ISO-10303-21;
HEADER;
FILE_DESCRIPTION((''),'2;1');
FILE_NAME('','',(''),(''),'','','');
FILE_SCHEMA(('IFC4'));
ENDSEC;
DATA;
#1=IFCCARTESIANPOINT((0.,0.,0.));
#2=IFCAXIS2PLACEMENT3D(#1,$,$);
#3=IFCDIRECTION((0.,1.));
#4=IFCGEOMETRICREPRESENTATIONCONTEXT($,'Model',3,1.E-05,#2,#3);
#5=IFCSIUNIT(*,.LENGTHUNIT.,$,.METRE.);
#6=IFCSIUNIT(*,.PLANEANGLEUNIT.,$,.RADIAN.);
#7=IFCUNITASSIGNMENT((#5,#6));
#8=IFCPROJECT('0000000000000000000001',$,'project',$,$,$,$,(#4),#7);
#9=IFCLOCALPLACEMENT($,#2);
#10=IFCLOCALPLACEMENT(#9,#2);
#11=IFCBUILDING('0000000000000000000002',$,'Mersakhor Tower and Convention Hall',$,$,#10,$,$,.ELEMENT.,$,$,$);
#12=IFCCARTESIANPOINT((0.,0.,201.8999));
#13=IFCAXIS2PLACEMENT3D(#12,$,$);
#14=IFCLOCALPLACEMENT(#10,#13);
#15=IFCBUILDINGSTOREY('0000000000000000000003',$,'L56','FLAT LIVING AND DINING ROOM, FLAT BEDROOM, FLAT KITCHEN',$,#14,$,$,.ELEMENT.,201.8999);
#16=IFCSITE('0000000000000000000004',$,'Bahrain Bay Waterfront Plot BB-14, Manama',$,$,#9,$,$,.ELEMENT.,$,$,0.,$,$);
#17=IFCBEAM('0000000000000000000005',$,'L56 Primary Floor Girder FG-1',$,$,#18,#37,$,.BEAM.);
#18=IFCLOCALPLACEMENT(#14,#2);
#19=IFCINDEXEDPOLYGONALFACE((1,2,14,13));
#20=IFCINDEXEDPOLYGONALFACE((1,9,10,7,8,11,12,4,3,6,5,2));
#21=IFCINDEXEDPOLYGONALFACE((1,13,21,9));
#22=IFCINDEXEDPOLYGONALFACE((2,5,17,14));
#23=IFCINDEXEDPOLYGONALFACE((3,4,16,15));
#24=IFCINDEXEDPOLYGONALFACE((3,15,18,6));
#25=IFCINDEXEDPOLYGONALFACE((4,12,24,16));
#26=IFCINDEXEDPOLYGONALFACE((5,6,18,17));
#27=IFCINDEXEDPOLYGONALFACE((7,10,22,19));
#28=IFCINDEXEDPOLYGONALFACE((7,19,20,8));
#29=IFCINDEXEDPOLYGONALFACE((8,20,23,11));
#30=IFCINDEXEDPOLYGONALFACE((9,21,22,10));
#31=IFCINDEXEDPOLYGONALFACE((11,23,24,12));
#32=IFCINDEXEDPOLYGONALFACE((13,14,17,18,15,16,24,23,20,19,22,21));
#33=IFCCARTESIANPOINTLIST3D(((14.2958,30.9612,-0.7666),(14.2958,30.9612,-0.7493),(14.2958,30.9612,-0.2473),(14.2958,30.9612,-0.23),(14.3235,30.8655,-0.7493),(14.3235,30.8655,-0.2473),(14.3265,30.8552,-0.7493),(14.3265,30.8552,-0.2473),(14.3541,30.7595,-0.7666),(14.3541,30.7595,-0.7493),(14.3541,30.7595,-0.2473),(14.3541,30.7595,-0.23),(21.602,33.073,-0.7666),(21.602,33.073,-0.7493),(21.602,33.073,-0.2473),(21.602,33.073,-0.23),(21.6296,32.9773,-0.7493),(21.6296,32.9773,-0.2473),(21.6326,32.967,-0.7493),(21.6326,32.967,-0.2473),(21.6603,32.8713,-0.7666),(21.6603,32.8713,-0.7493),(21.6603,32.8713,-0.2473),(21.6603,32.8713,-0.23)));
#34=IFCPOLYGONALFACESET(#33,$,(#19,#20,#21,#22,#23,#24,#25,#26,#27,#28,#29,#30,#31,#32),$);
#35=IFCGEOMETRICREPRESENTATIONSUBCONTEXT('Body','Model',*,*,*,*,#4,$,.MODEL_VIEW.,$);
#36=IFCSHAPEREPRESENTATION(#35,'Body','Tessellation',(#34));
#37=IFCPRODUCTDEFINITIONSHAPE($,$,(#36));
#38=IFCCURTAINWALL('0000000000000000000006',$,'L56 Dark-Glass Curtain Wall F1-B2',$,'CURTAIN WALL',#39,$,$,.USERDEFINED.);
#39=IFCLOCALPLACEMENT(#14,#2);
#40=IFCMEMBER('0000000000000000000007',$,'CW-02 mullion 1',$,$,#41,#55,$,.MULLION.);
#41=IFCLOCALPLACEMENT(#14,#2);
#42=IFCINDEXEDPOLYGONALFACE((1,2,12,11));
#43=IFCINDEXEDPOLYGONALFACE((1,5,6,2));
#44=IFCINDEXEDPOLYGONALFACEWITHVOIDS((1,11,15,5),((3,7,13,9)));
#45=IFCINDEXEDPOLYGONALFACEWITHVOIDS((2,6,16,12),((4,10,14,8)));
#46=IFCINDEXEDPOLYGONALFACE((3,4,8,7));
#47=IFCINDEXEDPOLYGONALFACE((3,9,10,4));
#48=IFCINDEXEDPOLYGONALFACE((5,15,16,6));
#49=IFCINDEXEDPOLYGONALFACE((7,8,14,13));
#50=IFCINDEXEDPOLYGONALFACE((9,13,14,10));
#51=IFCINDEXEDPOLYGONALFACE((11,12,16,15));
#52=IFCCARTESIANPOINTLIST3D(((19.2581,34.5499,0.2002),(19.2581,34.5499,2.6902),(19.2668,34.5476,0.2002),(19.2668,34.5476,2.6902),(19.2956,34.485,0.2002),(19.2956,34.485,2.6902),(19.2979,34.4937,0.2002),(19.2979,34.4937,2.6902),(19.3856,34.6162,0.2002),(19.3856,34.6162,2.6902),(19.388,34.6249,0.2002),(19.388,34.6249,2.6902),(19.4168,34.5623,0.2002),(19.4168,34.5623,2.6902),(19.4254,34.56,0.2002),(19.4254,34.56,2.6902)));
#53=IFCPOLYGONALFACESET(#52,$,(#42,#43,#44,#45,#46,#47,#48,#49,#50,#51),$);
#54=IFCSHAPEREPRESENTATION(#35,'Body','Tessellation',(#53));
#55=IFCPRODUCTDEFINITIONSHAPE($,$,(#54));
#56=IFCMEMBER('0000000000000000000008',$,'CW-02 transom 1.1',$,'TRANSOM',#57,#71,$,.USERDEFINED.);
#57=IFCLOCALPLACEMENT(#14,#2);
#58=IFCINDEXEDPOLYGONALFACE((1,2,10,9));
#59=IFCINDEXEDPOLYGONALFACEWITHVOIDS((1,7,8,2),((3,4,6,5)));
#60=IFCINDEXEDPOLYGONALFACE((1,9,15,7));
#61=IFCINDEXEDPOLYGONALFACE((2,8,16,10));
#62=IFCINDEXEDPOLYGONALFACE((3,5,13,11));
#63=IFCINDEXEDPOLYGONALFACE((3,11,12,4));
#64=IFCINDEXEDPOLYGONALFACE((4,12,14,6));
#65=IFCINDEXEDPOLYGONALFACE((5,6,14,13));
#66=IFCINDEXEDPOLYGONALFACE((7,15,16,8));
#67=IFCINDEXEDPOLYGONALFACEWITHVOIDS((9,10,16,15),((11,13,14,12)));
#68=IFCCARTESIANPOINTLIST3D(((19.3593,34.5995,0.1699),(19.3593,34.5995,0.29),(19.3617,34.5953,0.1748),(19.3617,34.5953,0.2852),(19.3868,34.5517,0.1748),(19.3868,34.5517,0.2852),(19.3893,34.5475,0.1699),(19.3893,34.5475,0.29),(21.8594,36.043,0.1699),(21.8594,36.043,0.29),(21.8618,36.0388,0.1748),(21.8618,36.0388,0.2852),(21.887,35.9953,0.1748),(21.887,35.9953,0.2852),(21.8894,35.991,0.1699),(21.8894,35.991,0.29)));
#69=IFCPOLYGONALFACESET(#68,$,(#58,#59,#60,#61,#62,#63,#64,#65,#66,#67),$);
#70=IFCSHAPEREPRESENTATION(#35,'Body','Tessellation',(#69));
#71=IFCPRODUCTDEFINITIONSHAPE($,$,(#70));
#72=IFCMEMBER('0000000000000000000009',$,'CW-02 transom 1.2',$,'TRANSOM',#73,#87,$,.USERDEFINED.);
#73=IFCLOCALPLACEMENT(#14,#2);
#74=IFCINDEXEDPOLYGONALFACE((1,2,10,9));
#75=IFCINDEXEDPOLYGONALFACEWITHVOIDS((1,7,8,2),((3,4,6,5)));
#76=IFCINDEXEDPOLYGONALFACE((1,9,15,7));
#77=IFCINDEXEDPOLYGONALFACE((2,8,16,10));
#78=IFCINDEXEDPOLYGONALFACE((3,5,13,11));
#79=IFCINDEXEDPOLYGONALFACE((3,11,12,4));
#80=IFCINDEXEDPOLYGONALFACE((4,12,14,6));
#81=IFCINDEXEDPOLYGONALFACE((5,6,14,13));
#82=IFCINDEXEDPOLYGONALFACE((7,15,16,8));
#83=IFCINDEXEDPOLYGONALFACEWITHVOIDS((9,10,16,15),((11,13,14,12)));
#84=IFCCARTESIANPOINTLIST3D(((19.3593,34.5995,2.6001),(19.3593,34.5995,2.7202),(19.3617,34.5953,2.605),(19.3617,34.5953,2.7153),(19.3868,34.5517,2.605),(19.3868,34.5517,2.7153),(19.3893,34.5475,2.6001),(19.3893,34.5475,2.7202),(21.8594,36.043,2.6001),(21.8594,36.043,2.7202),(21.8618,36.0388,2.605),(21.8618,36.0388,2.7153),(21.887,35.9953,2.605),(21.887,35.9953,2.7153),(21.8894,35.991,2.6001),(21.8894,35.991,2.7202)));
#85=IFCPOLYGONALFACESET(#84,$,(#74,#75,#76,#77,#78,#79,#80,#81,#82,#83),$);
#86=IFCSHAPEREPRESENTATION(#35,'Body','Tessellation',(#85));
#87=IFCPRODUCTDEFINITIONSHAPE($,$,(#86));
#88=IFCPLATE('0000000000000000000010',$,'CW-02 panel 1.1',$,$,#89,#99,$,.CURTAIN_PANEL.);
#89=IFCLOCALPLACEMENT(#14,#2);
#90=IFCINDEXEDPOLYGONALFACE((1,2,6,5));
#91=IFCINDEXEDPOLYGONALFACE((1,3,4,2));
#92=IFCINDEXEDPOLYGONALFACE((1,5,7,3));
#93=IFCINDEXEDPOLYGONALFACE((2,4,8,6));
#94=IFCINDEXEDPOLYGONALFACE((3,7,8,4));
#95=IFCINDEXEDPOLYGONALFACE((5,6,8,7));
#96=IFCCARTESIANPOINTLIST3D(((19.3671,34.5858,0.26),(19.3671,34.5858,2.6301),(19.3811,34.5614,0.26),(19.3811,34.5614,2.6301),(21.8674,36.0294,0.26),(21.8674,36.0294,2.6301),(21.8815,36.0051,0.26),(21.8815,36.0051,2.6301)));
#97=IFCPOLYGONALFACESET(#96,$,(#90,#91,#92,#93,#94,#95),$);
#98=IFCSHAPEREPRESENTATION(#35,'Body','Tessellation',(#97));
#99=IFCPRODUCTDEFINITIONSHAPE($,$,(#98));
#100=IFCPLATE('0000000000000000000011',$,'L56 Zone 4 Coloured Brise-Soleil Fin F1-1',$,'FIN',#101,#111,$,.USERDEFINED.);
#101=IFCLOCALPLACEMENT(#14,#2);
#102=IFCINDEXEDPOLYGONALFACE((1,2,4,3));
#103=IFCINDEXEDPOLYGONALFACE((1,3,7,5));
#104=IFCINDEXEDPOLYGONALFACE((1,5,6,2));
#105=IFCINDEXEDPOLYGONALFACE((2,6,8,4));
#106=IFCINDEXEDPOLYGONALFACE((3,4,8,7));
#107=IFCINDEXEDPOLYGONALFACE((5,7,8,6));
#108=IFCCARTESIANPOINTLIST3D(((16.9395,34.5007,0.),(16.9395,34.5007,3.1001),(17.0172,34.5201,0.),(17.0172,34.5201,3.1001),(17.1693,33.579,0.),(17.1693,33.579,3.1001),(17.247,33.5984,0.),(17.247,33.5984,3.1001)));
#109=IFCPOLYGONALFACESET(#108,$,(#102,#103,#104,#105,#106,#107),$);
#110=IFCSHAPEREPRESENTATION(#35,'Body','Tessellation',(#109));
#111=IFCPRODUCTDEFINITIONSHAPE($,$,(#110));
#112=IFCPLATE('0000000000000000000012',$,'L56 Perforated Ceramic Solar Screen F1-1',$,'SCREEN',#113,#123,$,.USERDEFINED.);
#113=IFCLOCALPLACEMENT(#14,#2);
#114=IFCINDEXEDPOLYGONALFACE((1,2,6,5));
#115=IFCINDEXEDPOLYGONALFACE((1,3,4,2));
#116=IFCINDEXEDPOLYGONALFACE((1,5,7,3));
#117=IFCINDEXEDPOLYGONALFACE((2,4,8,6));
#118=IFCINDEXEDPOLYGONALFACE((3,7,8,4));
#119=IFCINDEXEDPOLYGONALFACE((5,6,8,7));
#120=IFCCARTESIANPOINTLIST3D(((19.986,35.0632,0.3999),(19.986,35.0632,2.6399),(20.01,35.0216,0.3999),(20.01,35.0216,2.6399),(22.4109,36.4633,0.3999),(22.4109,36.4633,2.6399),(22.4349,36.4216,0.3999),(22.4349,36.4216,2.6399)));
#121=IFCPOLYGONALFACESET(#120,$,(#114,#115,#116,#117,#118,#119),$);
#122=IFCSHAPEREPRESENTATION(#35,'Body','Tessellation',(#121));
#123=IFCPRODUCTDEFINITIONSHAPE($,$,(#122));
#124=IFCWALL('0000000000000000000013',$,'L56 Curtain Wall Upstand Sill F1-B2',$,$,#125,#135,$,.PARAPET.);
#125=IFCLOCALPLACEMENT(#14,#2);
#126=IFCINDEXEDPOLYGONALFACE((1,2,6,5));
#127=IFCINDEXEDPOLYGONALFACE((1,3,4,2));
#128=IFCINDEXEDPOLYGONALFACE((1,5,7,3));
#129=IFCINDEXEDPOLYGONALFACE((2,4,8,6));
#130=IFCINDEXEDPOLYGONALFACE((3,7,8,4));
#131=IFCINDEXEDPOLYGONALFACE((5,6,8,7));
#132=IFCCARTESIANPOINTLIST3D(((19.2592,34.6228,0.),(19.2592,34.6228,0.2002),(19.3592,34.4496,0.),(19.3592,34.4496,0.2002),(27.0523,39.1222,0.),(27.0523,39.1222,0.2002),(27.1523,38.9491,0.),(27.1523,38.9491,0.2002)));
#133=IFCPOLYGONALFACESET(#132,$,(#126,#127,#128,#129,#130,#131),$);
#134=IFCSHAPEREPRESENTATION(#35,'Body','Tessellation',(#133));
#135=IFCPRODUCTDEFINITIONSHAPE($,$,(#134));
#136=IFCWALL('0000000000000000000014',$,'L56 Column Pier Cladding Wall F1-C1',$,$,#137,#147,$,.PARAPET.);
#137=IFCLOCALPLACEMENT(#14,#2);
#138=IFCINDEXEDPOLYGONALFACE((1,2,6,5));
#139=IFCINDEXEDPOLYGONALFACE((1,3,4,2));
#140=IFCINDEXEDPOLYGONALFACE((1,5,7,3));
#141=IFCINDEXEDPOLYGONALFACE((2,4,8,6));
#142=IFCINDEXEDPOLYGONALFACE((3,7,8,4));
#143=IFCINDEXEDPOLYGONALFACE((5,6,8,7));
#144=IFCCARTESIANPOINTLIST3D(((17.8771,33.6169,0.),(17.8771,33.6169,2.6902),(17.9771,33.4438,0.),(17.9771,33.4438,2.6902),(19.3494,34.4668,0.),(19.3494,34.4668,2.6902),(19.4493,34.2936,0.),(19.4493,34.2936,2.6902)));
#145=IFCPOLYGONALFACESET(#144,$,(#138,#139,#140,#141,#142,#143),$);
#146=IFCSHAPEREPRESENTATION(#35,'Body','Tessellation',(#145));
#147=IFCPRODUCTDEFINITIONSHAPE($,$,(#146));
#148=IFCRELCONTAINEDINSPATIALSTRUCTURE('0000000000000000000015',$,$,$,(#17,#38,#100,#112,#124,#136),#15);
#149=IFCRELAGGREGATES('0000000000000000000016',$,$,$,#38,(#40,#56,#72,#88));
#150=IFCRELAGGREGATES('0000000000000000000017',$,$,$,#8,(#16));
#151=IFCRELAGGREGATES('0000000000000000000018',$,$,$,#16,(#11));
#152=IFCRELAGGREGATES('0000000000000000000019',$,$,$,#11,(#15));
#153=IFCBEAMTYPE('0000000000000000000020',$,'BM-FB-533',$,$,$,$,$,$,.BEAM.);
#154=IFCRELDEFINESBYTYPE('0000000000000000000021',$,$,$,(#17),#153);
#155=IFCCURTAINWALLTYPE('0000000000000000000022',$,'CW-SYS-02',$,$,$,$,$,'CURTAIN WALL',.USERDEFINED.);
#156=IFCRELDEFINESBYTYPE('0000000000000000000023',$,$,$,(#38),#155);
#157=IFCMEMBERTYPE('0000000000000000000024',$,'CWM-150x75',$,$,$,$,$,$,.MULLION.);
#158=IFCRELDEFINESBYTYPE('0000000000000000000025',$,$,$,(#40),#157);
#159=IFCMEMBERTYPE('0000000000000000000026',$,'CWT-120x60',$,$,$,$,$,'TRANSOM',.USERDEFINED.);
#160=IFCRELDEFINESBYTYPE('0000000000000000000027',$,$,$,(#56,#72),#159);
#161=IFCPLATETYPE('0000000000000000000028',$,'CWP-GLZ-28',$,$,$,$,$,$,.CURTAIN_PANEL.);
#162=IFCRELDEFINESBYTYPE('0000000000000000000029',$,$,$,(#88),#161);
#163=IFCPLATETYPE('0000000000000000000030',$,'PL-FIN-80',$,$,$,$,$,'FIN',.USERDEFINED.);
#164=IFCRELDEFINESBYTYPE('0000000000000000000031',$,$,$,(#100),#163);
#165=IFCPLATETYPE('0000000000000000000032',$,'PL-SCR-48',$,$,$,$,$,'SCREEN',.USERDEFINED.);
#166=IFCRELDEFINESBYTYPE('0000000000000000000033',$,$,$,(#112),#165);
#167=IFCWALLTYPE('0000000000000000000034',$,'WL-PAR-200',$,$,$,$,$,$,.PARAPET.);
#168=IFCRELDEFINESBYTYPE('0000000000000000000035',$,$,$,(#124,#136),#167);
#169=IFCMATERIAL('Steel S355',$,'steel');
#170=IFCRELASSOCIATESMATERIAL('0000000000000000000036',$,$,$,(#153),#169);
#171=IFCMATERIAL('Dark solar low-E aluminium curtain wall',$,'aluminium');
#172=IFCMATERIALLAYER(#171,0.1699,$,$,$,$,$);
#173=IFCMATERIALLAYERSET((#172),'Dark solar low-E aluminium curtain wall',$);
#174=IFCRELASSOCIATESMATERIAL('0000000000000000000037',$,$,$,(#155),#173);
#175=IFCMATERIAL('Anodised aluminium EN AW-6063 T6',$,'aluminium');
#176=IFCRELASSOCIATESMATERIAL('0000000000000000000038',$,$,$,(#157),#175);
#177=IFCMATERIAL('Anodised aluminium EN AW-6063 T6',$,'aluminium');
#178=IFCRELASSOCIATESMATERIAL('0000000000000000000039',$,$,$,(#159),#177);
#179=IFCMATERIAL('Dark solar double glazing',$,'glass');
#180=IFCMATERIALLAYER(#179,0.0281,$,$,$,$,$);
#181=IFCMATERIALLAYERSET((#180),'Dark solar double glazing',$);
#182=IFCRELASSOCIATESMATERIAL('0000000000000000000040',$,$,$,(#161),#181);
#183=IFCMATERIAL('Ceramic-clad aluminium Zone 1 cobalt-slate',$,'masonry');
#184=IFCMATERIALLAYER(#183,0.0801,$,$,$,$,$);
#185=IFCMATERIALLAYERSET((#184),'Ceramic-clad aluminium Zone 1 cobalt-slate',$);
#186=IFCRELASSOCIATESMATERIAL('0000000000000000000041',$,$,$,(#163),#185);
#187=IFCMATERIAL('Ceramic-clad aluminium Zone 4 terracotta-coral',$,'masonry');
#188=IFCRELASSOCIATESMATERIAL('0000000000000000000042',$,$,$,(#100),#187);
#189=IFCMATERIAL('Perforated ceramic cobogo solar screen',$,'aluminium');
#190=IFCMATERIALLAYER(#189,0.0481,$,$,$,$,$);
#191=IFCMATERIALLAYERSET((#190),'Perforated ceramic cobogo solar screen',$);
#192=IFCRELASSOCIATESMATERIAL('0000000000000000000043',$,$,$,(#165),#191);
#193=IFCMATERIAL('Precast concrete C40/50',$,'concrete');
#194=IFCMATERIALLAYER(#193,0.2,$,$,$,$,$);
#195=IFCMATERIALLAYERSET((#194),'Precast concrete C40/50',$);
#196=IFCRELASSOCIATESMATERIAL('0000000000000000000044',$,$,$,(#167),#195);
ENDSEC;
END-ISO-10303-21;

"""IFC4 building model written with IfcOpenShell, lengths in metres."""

from ifc_helpers import new_model, si_unit, direction, frame, frame_2d, origin, origin_2d, place, context, subcontext, project, spatial, rectangle, hollow_rectangle, i_section, extrude, material, layer, layer_set, material_profile, profile_set, type_object, element, aggregate, save


model = new_model("IFC4")

# Units and contexts
model_context = context("Model", 3, precision=1e-05, world=origin(), true_north=direction((0.0, 1.0)))
body_context = subcontext(model_context, "Body", "Model", "MODEL_VIEW")
ifc_project = project(units=[si_unit("LENGTHUNIT", "METRE"), si_unit("PLANEANGLEUNIT", "RADIAN")], contexts=[model_context])

# Site, building, storey
site_placement = place(None, origin())
site = spatial("IfcSite", under=ifc_project, at=site_placement, Name="Bahrain Bay Waterfront Plot BB-14, Manama", CompositionType="ELEMENT", RefElevation=0.0)
building_placement = place(site_placement, origin())
building = spatial("IfcBuilding", under=site, at=building_placement, Name="Mersakhor Tower and Convention Hall", CompositionType="ELEMENT")
storey_placement = place(building_placement, frame((0.0, 0.0, 201.8999)))
storey = spatial("IfcBuildingStorey", under=building, at=storey_placement, Name="L56", Description="FLAT LIVING AND DINING ROOM, FLAT BEDROOM, FLAT KITCHEN", CompositionType="ELEMENT", Elevation=201.8999)

# Beam
ifc_material_1 = material(Name="Steel S355", Category="steel")
ifc_material_profile_1 = material_profile(ifc_material_1, i_section(OverallWidth=0.21, OverallDepth=0.5366, WebThickness=0.0107, FlangeThickness=0.0173, at=origin_2d()), Name="UB 533x210x101")
ifc_profile_set_1 = profile_set([ifc_material_profile_1], Name="Steel S355")
beam_type = type_object("IfcBeamType", Name="BM-FB-533", PredefinedType="BEAM", material=ifc_profile_set_1)
beam_placement = place(storey_placement, frame((21.6311, 32.9722, -0.4983), z_axis=(-0.960674, -0.277679, 0.0), x_axis=(0.277679, -0.960674, 0.0)))
element("IfcBeam", 1, at=beam_placement, inside=storey, type_object=beam_type, Name="L56 Primary Floor Girder FG-1", PredefinedType="BEAM", context=body_context, shape_type="SweptSolid", body=[
    extrude(i_section(OverallWidth=0.21, OverallDepth=0.5366, WebThickness=0.0107, FlangeThickness=0.0173, at=origin_2d()), origin(), (0.0, 0.0, 1.0), 7.6052),
])

# Curtain wall, members, plate
ifc_material_2 = material(Name="Dark solar low-E aluminium curtain wall", Category="aluminium")
ifc_layer_1 = layer(ifc_material_2, 0.1699)
ifc_layer_set_1 = layer_set([ifc_layer_1], Name="Dark solar low-E aluminium curtain wall")
curtain_wall_type = type_object("IfcCurtainWallType", Name="CW-SYS-02", ElementType="CURTAIN WALL", PredefinedType="USERDEFINED", material=ifc_layer_set_1)
curtain_wall_placement = place(storey_placement, origin())
curtain_wall = element("IfcCurtainWall", 2, at=curtain_wall_placement, inside=storey, type_object=curtain_wall_type, Name="L56 Dark-Glass Curtain Wall F1-B2", ObjectType="CURTAIN WALL", PredefinedType="USERDEFINED")
ifc_material_3 = material(Name="Anodised aluminium EN AW-6063 T6", Category="aluminium")
ifc_material_profile_2 = material_profile(ifc_material_3, hollow_rectangle(XDim=0.075, YDim=0.1499, WallThickness=0.0063, at=origin_2d()), Name="RHS 150x75x6.3")
ifc_profile_set_2 = profile_set([ifc_material_profile_2], Name="Anodised aluminium EN AW-6063 T6")
member_type_1 = type_object("IfcMemberType", Name="CWM-150x75", PredefinedType="MULLION", material=ifc_profile_set_2)
member_1_placement = place(storey_placement, frame((19.3418, 34.5549, 0.2002), z_axis=(0.0, 0.0, 1.0), x_axis=(-0.500008, 0.866021, 0.0)))
member_1 = element("IfcMember", 3, at=member_1_placement, type_object=member_type_1, Name="CW-02 mullion 1", PredefinedType="MULLION", context=body_context, shape_type="SweptSolid", body=[
    extrude(hollow_rectangle(XDim=0.075, YDim=0.1499, WallThickness=0.0063, at=origin_2d()), origin(), (0.0, 0.0, 1.0), 2.49),
])
ifc_material_4 = material(Name="Anodised aluminium EN AW-6063 T6", Category="aluminium")
ifc_material_profile_3 = material_profile(ifc_material_4, hollow_rectangle(XDim=0.0601, YDim=0.1201, WallThickness=0.0049, at=origin_2d()), Name="RHS 120x60x5")
ifc_profile_set_3 = profile_set([ifc_material_profile_3], Name="Anodised aluminium EN AW-6063 T6")
member_type_2 = type_object("IfcMemberType", Name="CWT-120x60", ElementType="TRANSOM", PredefinedType="USERDEFINED", material=ifc_profile_set_3)
member_2_placement = place(storey_placement, frame((19.3743, 34.5735, 0.23), z_axis=(0.866012, 0.500023, 0.0), x_axis=(-0.500023, 0.866012, 0.0)))
member_2 = element("IfcMember", 4, at=member_2_placement, type_object=member_type_2, Name="CW-02 transom 1.1", ObjectType="TRANSOM", PredefinedType="USERDEFINED", context=body_context, shape_type="SweptSolid", body=[
    extrude(hollow_rectangle(XDim=0.0601, YDim=0.1201, WallThickness=0.0049, at=origin_2d()), origin(), (0.0, 0.0, 1.0), 2.887),
])
member_3_placement = place(storey_placement, frame((19.3743, 34.5735, 2.6602), z_axis=(0.866012, 0.500023, 0.0), x_axis=(-0.500023, 0.866012, 0.0)))
member_3 = element("IfcMember", 5, at=member_3_placement, type_object=member_type_2, Name="CW-02 transom 1.2", ObjectType="TRANSOM", PredefinedType="USERDEFINED", context=body_context, shape_type="SweptSolid", body=[
    extrude(hollow_rectangle(XDim=0.0601, YDim=0.1201, WallThickness=0.0049, at=origin_2d()), origin(), (0.0, 0.0, 1.0), 2.887),
])
ifc_material_5 = material(Name="Dark solar double glazing", Category="glass")
ifc_layer_2 = layer(ifc_material_5, 0.0281)
ifc_layer_set_2 = layer_set([ifc_layer_2], Name="Dark solar double glazing")
plate_type_1 = type_object("IfcPlateType", Name="CWP-GLZ-28", PredefinedType="CURTAIN_PANEL", material=ifc_layer_set_2)
plate_1_placement = place(storey_placement, frame((20.6243, 35.2954, 0.26), z_axis=(0.0, 0.0, 1.0), x_axis=(0.866021, 0.500008, 0.0)))
plate_1 = element("IfcPlate", 6, at=plate_1_placement, type_object=plate_type_1, Name="CW-02 panel 1.1", PredefinedType="CURTAIN_PANEL", context=body_context, shape_type="SweptSolid", body=[
    extrude(rectangle(XDim=2.8872, YDim=0.0281, at=origin_2d()), origin(), (0.0, 0.0, 1.0), 2.3701),
])
aggregate(curtain_wall, [member_1, member_2, member_3, plate_1])

# Plates
ifc_material_6 = material(Name="Ceramic-clad aluminium Zone 4 terracotta-coral", Category="masonry")
ifc_material_7 = material(Name="Ceramic-clad aluminium Zone 1 cobalt-slate", Category="masonry")
ifc_layer_3 = layer(ifc_material_7, 0.0801)
ifc_layer_set_3 = layer_set([ifc_layer_3], Name="Ceramic-clad aluminium Zone 1 cobalt-slate")
plate_type_2 = type_object("IfcPlateType", Name="PL-FIN-80", ElementType="FIN", PredefinedType="USERDEFINED", material=ifc_layer_set_3)
plate_2_placement = place(storey_placement, frame((17.0933, 34.0496, 0.0), z_axis=(0.0, 0.0, 1.0), x_axis=(-0.241922, 0.970296, 0.0)))
element("IfcPlate", 7, at=plate_2_placement, inside=storey, type_object=plate_type_2, material=ifc_material_6, Name="L56 Zone 4 Coloured Brise-Soleil Fin F1-1", ObjectType="FIN", PredefinedType="USERDEFINED", context=body_context, shape_type="SweptSolid", body=[
    extrude(rectangle(XDim=0.95, YDim=0.0801, at=origin_2d()), origin(), (0.0, 0.0, 1.0), 3.1001),
])
ifc_material_8 = material(Name="Perforated ceramic cobogo solar screen", Category="aluminium")
ifc_layer_4 = layer(ifc_material_8, 0.0481)
ifc_layer_set_4 = layer_set([ifc_layer_4], Name="Perforated ceramic cobogo solar screen")
plate_type_3 = type_object("IfcPlateType", Name="PL-SCR-48", ElementType="SCREEN", PredefinedType="USERDEFINED", material=ifc_layer_set_4)
plate_3_placement = place(storey_placement, frame((21.2104, 35.7424, 0.3999), z_axis=(0.0, 0.0, 1.0), x_axis=(0.866025, 0.5, 0.0)))
element("IfcPlate", 8, at=plate_3_placement, inside=storey, type_object=plate_type_3, Name="L56 Perforated Ceramic Solar Screen F1-1", ObjectType="SCREEN", PredefinedType="USERDEFINED", context=body_context, shape_type="SweptSolid", body=[
    extrude(rectangle(XDim=2.8, YDim=0.0481, at=origin_2d()), origin(), (0.0, 0.0, 1.0), 2.24),
])

# Walls
ifc_material_9 = material(Name="Precast concrete C40/50", Category="concrete")
ifc_layer_5 = layer(ifc_material_9, 0.2)
ifc_layer_set_5 = layer_set([ifc_layer_5], Name="Precast concrete C40/50")
wall_type_1 = type_object("IfcWallType", Name="WL-PAR-200", PredefinedType="PARAPET", material=ifc_layer_set_5)
wall_1_placement = place(storey_placement, frame((19.3091, 34.5361, 0.0), z_axis=(0.0, 0.0, 1.0), x_axis=(0.866021, 0.500008, 0.0)))
element("IfcWall", 9, at=wall_1_placement, inside=storey, type_object=wall_type_1, Name="L56 Curtain Wall Upstand Sill F1-B2", PredefinedType="PARAPET", context=body_context, shape_type="SweptSolid", body=[
    extrude(rectangle(XDim=8.9988, YDim=0.2, at=frame_2d((4.4995, 0.0))), origin(), (0.0, 0.0, 1.0), 0.2002),
])
wall_2_placement = place(storey_placement, frame((17.927, 33.5303, 0.0), z_axis=(0.0, 0.0, 1.0), x_axis=(0.866052, 0.499955, 0.0)))
element("IfcWall", 10, at=wall_2_placement, inside=storey, type_object=wall_type_1, Name="L56 Column Pier Cladding Wall F1-C1", PredefinedType="PARAPET", context=body_context, shape_type="SweptSolid", body=[
    extrude(rectangle(XDim=1.7, YDim=0.2, at=frame_2d((0.8501, 0.0))), origin(), (0.0, 0.0, 1.0), 2.6902),
])

save(model, "model.ifc")
